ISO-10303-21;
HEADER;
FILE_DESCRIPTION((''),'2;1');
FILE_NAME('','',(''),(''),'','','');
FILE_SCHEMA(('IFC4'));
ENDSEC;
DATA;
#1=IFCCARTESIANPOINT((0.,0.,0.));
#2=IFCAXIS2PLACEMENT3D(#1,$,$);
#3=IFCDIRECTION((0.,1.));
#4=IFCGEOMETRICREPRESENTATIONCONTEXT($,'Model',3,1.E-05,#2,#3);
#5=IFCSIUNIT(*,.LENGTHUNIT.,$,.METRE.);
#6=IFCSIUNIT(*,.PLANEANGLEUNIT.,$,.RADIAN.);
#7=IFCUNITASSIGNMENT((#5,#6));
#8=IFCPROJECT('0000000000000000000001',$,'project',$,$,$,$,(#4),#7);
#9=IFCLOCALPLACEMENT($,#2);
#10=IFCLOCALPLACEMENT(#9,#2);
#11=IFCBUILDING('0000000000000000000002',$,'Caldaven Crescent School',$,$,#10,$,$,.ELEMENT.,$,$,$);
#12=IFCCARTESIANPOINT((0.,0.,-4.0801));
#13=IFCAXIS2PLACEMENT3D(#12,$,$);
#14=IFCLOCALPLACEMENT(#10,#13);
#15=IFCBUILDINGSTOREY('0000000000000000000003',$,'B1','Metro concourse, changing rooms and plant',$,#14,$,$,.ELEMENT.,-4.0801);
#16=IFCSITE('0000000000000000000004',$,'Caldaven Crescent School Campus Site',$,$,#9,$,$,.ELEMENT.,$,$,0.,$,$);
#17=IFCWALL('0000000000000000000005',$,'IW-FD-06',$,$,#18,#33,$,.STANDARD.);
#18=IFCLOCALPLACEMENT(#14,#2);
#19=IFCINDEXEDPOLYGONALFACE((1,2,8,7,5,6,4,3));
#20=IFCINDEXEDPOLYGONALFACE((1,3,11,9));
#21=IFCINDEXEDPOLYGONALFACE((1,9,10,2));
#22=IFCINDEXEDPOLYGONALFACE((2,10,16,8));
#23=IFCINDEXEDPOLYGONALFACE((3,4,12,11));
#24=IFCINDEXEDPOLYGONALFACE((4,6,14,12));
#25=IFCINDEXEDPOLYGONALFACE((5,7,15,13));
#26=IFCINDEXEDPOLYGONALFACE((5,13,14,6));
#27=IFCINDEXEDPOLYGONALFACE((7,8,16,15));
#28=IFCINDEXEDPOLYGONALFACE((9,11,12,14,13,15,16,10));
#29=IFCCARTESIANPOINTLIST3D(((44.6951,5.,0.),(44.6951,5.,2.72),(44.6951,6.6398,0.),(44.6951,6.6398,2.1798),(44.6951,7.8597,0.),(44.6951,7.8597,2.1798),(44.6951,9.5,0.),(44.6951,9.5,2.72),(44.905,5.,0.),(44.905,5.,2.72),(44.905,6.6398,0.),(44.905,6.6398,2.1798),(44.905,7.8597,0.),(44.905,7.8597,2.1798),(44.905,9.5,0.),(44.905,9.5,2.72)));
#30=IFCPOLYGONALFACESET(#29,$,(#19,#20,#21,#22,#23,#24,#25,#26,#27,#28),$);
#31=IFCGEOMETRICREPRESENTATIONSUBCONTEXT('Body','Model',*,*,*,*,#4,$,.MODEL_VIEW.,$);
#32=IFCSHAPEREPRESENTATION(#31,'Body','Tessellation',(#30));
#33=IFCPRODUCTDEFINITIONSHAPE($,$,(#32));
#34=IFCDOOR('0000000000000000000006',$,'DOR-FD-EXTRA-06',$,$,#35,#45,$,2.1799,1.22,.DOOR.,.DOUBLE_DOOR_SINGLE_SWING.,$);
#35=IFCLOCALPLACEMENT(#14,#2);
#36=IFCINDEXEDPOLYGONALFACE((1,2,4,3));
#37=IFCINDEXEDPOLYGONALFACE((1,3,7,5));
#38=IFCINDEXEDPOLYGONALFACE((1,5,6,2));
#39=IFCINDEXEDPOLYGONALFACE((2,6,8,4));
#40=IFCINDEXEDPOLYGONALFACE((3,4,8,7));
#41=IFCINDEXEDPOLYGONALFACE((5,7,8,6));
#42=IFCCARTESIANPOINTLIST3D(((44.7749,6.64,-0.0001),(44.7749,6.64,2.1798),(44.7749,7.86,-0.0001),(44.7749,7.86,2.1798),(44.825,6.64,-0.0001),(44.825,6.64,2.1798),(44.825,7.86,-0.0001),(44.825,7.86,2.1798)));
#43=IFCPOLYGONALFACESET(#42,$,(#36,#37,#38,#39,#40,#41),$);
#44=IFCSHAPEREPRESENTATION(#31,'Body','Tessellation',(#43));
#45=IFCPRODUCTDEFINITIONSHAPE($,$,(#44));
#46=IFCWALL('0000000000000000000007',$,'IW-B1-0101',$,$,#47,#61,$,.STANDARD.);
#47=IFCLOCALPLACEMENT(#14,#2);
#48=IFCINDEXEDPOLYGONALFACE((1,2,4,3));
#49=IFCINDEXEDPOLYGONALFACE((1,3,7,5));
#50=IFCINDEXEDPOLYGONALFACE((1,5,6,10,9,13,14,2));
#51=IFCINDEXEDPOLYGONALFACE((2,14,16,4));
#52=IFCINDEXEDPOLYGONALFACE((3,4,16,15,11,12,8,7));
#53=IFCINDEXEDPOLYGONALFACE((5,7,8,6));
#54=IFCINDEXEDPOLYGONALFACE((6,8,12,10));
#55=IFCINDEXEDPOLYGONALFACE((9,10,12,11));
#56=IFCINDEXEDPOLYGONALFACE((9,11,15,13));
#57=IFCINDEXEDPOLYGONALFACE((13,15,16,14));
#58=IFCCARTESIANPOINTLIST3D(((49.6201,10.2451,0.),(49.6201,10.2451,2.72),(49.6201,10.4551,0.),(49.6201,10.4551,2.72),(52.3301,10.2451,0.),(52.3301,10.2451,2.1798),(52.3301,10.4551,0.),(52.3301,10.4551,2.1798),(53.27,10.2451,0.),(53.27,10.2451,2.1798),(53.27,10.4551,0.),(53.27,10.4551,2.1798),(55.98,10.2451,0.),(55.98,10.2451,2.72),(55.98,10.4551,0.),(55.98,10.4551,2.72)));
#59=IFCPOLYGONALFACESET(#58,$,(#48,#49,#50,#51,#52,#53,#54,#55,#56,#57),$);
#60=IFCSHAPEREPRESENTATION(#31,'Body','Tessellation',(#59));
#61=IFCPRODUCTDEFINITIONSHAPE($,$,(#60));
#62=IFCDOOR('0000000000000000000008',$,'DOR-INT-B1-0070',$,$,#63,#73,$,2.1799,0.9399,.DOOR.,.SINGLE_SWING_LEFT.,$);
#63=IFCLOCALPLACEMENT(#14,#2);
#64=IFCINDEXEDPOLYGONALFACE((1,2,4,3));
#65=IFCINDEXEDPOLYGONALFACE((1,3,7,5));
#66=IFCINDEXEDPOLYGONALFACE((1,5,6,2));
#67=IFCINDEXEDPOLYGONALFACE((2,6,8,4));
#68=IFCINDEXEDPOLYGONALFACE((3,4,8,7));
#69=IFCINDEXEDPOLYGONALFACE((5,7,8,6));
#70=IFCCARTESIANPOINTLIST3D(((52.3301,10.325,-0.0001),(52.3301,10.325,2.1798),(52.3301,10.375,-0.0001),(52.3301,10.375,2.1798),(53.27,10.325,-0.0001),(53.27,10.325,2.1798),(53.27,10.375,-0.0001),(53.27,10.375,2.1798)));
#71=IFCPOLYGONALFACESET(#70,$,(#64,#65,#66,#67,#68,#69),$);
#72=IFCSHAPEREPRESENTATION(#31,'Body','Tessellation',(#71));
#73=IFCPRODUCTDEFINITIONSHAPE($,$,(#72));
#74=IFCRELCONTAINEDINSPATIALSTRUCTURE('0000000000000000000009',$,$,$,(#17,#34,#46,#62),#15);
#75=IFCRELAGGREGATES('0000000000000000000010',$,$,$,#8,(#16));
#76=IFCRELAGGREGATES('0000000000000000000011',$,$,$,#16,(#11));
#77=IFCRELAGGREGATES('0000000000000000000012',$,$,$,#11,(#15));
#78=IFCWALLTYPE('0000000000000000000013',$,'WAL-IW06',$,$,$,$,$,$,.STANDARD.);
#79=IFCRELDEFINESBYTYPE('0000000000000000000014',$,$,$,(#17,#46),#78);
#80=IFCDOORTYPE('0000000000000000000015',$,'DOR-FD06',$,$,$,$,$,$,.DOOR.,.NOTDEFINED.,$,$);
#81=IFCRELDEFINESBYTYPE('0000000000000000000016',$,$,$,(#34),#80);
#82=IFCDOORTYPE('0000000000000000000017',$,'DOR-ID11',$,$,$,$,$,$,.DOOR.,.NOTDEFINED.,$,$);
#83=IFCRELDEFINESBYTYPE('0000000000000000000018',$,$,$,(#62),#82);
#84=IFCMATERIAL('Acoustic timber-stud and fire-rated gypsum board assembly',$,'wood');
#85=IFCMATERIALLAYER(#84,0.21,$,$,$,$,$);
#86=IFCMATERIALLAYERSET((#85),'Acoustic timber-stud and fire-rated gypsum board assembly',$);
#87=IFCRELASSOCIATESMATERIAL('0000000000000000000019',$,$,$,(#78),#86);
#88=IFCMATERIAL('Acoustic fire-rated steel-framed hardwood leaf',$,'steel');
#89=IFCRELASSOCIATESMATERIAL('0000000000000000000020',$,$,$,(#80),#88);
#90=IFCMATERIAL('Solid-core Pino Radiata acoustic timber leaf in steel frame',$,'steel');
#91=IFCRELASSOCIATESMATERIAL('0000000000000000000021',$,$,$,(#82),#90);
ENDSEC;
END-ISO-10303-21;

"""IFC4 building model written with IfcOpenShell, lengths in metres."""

from ifc_helpers import new_model, si_unit, direction, frame, frame_2d, origin, place, context, subcontext, project, spatial, rectangle, extrude, material, layer, layer_set, type_object, element, fill, save


model = new_model("IFC4")

# Units and contexts
model_context = context("Model", 3, precision=1e-05, world=origin(), true_north=direction((0.0, 1.0)))
body_context = subcontext(model_context, "Body", "Model", "MODEL_VIEW")
ifc_project = project(units=[si_unit("LENGTHUNIT", "METRE"), si_unit("PLANEANGLEUNIT", "RADIAN")], contexts=[model_context])

# Site, building, storey
site_placement = place(None, origin())
site = spatial("IfcSite", under=ifc_project, at=site_placement, Name="Caldaven Crescent School Campus Site", CompositionType="ELEMENT", RefElevation=0.0)
building_placement = place(site_placement, origin())
building = spatial("IfcBuilding", under=site, at=building_placement, Name="Caldaven Crescent School", CompositionType="ELEMENT")
storey_placement = place(building_placement, frame((0.0, 0.0, -4.0801)))
storey = spatial("IfcBuildingStorey", under=building, at=storey_placement, Name="B1", Description="Metro concourse, changing rooms and plant", CompositionType="ELEMENT", Elevation=-4.0801)

# Walls, openings, doors
ifc_material_1 = material(Name="Acoustic timber-stud and fire-rated gypsum board assembly", Category="wood")
ifc_material_2 = material(Name="Solid-core Pino Radiata acoustic timber leaf in steel frame", Category="steel")
ifc_layer_1 = layer(ifc_material_1, 0.21)
ifc_layer_set_1 = layer_set([ifc_layer_1], Name="Acoustic timber-stud and fire-rated gypsum board assembly")
wall_type_1 = type_object("IfcWallType", Name="WAL-IW06", PredefinedType="STANDARD", material=ifc_layer_set_1)
wall_1_placement = place(storey_placement, frame((44.8, 5.0, 0.0), z_axis=(0.0, 0.0, 1.0), x_axis=(0.0, 1.0, 0.0)))
wall_1 = element("IfcWall", 1, at=wall_1_placement, inside=storey, type_object=wall_type_1, Name="IW-FD-06", PredefinedType="STANDARD", context=body_context, shape_type="SweptSolid", body=[
    extrude(rectangle(XDim=4.5, YDim=0.21, at=frame_2d((2.25, 0.0))), origin(), (0.0, 0.0, 1.0), 2.72),
])
opening_1_placement = place(wall_1_placement, frame((1.6399, 0.0, 0.0)))
opening_1 = element("IfcOpeningElement", 2, at=opening_1_placement, cuts=wall_1, PredefinedType="OPENING", context=body_context, shape_type="SweptSolid", body=[
    extrude(rectangle(XDim=1.22, YDim=2.1799, at=frame_2d((0.6099, 1.0898))), frame((0.0, 0.115, 0.0), z_axis=(0.0, -1.0, 0.0), x_axis=(1.0, 0.0, 0.0)), (0.0, 0.0, 1.0), 0.23),
])
ifc_material_3 = material(Name="Acoustic fire-rated steel-framed hardwood leaf", Category="steel")
door_type_1 = type_object("IfcDoorType", Name="DOR-FD06", OperationType="NOTDEFINED", PredefinedType="DOOR", material=ifc_material_3)
door_1_placement = place(opening_1_placement, frame((1.22, 0.0, 0.0), z_axis=(0.0, 0.0, 1.0), x_axis=(-1.0, 0.0, 0.0)))
door_1 = element("IfcDoor", 3, at=door_1_placement, inside=storey, type_object=door_type_1, Name="DOR-FD-EXTRA-06", OperationType="DOUBLE_DOOR_SINGLE_SWING", OverallHeight=2.1799, OverallWidth=1.22, PredefinedType="DOOR", context=body_context, shape_type="SweptSolid", body=[
    extrude(rectangle(XDim=1.22, YDim=2.1799, at=frame_2d((0.6099, 1.0898))), frame((0.0, 0.0249, 0.0), z_axis=(0.0, -1.0, 0.0), x_axis=(1.0, 0.0, 0.0)), (0.0, 0.0, 1.0), 0.05),
])
fill(opening_1, door_1)
wall_2_placement = place(storey_placement, frame((49.6201, 10.3501, 0.0), z_axis=(0.0, 0.0, 1.0), x_axis=(1.0, 0.0, 0.0)))
wall_2 = element("IfcWall", 4, at=wall_2_placement, inside=storey, type_object=wall_type_1, Name="IW-B1-0101", PredefinedType="STANDARD", context=body_context, shape_type="SweptSolid", body=[
    extrude(rectangle(XDim=6.3599, YDim=0.21, at=frame_2d((3.1799, 0.0))), origin(), (0.0, 0.0, 1.0), 2.72),
])
opening_2_placement = place(wall_2_placement, frame((2.71, 0.0, 0.0)))
opening_2 = element("IfcOpeningElement", 5, at=opening_2_placement, cuts=wall_2, PredefinedType="OPENING", context=body_context, shape_type="SweptSolid", body=[
    extrude(rectangle(XDim=0.9399, YDim=2.1799, at=frame_2d((0.47, 1.0898))), frame((0.0, 0.115, 0.0), z_axis=(0.0, -1.0, 0.0), x_axis=(1.0, 0.0, 0.0)), (0.0, 0.0, 1.0), 0.23),
])
door_type_2 = type_object("IfcDoorType", Name="DOR-ID11", OperationType="NOTDEFINED", PredefinedType="DOOR", material=ifc_material_2)
door_2_placement = place(opening_2_placement, origin())
door_2 = element("IfcDoor", 6, at=door_2_placement, inside=storey, type_object=door_type_2, Name="DOR-INT-B1-0070", OperationType="SINGLE_SWING_LEFT", OverallHeight=2.1799, OverallWidth=0.9399, PredefinedType="DOOR", context=body_context, shape_type="SweptSolid", body=[
    extrude(rectangle(XDim=0.9399, YDim=2.1799, at=frame_2d((0.47, 1.0898))), frame((0.0, 0.0249, 0.0), z_axis=(0.0, -1.0, 0.0), x_axis=(1.0, 0.0, 0.0)), (0.0, 0.0, 1.0), 0.05),
])
fill(opening_2, door_2)

save(model, "model.ifc")
